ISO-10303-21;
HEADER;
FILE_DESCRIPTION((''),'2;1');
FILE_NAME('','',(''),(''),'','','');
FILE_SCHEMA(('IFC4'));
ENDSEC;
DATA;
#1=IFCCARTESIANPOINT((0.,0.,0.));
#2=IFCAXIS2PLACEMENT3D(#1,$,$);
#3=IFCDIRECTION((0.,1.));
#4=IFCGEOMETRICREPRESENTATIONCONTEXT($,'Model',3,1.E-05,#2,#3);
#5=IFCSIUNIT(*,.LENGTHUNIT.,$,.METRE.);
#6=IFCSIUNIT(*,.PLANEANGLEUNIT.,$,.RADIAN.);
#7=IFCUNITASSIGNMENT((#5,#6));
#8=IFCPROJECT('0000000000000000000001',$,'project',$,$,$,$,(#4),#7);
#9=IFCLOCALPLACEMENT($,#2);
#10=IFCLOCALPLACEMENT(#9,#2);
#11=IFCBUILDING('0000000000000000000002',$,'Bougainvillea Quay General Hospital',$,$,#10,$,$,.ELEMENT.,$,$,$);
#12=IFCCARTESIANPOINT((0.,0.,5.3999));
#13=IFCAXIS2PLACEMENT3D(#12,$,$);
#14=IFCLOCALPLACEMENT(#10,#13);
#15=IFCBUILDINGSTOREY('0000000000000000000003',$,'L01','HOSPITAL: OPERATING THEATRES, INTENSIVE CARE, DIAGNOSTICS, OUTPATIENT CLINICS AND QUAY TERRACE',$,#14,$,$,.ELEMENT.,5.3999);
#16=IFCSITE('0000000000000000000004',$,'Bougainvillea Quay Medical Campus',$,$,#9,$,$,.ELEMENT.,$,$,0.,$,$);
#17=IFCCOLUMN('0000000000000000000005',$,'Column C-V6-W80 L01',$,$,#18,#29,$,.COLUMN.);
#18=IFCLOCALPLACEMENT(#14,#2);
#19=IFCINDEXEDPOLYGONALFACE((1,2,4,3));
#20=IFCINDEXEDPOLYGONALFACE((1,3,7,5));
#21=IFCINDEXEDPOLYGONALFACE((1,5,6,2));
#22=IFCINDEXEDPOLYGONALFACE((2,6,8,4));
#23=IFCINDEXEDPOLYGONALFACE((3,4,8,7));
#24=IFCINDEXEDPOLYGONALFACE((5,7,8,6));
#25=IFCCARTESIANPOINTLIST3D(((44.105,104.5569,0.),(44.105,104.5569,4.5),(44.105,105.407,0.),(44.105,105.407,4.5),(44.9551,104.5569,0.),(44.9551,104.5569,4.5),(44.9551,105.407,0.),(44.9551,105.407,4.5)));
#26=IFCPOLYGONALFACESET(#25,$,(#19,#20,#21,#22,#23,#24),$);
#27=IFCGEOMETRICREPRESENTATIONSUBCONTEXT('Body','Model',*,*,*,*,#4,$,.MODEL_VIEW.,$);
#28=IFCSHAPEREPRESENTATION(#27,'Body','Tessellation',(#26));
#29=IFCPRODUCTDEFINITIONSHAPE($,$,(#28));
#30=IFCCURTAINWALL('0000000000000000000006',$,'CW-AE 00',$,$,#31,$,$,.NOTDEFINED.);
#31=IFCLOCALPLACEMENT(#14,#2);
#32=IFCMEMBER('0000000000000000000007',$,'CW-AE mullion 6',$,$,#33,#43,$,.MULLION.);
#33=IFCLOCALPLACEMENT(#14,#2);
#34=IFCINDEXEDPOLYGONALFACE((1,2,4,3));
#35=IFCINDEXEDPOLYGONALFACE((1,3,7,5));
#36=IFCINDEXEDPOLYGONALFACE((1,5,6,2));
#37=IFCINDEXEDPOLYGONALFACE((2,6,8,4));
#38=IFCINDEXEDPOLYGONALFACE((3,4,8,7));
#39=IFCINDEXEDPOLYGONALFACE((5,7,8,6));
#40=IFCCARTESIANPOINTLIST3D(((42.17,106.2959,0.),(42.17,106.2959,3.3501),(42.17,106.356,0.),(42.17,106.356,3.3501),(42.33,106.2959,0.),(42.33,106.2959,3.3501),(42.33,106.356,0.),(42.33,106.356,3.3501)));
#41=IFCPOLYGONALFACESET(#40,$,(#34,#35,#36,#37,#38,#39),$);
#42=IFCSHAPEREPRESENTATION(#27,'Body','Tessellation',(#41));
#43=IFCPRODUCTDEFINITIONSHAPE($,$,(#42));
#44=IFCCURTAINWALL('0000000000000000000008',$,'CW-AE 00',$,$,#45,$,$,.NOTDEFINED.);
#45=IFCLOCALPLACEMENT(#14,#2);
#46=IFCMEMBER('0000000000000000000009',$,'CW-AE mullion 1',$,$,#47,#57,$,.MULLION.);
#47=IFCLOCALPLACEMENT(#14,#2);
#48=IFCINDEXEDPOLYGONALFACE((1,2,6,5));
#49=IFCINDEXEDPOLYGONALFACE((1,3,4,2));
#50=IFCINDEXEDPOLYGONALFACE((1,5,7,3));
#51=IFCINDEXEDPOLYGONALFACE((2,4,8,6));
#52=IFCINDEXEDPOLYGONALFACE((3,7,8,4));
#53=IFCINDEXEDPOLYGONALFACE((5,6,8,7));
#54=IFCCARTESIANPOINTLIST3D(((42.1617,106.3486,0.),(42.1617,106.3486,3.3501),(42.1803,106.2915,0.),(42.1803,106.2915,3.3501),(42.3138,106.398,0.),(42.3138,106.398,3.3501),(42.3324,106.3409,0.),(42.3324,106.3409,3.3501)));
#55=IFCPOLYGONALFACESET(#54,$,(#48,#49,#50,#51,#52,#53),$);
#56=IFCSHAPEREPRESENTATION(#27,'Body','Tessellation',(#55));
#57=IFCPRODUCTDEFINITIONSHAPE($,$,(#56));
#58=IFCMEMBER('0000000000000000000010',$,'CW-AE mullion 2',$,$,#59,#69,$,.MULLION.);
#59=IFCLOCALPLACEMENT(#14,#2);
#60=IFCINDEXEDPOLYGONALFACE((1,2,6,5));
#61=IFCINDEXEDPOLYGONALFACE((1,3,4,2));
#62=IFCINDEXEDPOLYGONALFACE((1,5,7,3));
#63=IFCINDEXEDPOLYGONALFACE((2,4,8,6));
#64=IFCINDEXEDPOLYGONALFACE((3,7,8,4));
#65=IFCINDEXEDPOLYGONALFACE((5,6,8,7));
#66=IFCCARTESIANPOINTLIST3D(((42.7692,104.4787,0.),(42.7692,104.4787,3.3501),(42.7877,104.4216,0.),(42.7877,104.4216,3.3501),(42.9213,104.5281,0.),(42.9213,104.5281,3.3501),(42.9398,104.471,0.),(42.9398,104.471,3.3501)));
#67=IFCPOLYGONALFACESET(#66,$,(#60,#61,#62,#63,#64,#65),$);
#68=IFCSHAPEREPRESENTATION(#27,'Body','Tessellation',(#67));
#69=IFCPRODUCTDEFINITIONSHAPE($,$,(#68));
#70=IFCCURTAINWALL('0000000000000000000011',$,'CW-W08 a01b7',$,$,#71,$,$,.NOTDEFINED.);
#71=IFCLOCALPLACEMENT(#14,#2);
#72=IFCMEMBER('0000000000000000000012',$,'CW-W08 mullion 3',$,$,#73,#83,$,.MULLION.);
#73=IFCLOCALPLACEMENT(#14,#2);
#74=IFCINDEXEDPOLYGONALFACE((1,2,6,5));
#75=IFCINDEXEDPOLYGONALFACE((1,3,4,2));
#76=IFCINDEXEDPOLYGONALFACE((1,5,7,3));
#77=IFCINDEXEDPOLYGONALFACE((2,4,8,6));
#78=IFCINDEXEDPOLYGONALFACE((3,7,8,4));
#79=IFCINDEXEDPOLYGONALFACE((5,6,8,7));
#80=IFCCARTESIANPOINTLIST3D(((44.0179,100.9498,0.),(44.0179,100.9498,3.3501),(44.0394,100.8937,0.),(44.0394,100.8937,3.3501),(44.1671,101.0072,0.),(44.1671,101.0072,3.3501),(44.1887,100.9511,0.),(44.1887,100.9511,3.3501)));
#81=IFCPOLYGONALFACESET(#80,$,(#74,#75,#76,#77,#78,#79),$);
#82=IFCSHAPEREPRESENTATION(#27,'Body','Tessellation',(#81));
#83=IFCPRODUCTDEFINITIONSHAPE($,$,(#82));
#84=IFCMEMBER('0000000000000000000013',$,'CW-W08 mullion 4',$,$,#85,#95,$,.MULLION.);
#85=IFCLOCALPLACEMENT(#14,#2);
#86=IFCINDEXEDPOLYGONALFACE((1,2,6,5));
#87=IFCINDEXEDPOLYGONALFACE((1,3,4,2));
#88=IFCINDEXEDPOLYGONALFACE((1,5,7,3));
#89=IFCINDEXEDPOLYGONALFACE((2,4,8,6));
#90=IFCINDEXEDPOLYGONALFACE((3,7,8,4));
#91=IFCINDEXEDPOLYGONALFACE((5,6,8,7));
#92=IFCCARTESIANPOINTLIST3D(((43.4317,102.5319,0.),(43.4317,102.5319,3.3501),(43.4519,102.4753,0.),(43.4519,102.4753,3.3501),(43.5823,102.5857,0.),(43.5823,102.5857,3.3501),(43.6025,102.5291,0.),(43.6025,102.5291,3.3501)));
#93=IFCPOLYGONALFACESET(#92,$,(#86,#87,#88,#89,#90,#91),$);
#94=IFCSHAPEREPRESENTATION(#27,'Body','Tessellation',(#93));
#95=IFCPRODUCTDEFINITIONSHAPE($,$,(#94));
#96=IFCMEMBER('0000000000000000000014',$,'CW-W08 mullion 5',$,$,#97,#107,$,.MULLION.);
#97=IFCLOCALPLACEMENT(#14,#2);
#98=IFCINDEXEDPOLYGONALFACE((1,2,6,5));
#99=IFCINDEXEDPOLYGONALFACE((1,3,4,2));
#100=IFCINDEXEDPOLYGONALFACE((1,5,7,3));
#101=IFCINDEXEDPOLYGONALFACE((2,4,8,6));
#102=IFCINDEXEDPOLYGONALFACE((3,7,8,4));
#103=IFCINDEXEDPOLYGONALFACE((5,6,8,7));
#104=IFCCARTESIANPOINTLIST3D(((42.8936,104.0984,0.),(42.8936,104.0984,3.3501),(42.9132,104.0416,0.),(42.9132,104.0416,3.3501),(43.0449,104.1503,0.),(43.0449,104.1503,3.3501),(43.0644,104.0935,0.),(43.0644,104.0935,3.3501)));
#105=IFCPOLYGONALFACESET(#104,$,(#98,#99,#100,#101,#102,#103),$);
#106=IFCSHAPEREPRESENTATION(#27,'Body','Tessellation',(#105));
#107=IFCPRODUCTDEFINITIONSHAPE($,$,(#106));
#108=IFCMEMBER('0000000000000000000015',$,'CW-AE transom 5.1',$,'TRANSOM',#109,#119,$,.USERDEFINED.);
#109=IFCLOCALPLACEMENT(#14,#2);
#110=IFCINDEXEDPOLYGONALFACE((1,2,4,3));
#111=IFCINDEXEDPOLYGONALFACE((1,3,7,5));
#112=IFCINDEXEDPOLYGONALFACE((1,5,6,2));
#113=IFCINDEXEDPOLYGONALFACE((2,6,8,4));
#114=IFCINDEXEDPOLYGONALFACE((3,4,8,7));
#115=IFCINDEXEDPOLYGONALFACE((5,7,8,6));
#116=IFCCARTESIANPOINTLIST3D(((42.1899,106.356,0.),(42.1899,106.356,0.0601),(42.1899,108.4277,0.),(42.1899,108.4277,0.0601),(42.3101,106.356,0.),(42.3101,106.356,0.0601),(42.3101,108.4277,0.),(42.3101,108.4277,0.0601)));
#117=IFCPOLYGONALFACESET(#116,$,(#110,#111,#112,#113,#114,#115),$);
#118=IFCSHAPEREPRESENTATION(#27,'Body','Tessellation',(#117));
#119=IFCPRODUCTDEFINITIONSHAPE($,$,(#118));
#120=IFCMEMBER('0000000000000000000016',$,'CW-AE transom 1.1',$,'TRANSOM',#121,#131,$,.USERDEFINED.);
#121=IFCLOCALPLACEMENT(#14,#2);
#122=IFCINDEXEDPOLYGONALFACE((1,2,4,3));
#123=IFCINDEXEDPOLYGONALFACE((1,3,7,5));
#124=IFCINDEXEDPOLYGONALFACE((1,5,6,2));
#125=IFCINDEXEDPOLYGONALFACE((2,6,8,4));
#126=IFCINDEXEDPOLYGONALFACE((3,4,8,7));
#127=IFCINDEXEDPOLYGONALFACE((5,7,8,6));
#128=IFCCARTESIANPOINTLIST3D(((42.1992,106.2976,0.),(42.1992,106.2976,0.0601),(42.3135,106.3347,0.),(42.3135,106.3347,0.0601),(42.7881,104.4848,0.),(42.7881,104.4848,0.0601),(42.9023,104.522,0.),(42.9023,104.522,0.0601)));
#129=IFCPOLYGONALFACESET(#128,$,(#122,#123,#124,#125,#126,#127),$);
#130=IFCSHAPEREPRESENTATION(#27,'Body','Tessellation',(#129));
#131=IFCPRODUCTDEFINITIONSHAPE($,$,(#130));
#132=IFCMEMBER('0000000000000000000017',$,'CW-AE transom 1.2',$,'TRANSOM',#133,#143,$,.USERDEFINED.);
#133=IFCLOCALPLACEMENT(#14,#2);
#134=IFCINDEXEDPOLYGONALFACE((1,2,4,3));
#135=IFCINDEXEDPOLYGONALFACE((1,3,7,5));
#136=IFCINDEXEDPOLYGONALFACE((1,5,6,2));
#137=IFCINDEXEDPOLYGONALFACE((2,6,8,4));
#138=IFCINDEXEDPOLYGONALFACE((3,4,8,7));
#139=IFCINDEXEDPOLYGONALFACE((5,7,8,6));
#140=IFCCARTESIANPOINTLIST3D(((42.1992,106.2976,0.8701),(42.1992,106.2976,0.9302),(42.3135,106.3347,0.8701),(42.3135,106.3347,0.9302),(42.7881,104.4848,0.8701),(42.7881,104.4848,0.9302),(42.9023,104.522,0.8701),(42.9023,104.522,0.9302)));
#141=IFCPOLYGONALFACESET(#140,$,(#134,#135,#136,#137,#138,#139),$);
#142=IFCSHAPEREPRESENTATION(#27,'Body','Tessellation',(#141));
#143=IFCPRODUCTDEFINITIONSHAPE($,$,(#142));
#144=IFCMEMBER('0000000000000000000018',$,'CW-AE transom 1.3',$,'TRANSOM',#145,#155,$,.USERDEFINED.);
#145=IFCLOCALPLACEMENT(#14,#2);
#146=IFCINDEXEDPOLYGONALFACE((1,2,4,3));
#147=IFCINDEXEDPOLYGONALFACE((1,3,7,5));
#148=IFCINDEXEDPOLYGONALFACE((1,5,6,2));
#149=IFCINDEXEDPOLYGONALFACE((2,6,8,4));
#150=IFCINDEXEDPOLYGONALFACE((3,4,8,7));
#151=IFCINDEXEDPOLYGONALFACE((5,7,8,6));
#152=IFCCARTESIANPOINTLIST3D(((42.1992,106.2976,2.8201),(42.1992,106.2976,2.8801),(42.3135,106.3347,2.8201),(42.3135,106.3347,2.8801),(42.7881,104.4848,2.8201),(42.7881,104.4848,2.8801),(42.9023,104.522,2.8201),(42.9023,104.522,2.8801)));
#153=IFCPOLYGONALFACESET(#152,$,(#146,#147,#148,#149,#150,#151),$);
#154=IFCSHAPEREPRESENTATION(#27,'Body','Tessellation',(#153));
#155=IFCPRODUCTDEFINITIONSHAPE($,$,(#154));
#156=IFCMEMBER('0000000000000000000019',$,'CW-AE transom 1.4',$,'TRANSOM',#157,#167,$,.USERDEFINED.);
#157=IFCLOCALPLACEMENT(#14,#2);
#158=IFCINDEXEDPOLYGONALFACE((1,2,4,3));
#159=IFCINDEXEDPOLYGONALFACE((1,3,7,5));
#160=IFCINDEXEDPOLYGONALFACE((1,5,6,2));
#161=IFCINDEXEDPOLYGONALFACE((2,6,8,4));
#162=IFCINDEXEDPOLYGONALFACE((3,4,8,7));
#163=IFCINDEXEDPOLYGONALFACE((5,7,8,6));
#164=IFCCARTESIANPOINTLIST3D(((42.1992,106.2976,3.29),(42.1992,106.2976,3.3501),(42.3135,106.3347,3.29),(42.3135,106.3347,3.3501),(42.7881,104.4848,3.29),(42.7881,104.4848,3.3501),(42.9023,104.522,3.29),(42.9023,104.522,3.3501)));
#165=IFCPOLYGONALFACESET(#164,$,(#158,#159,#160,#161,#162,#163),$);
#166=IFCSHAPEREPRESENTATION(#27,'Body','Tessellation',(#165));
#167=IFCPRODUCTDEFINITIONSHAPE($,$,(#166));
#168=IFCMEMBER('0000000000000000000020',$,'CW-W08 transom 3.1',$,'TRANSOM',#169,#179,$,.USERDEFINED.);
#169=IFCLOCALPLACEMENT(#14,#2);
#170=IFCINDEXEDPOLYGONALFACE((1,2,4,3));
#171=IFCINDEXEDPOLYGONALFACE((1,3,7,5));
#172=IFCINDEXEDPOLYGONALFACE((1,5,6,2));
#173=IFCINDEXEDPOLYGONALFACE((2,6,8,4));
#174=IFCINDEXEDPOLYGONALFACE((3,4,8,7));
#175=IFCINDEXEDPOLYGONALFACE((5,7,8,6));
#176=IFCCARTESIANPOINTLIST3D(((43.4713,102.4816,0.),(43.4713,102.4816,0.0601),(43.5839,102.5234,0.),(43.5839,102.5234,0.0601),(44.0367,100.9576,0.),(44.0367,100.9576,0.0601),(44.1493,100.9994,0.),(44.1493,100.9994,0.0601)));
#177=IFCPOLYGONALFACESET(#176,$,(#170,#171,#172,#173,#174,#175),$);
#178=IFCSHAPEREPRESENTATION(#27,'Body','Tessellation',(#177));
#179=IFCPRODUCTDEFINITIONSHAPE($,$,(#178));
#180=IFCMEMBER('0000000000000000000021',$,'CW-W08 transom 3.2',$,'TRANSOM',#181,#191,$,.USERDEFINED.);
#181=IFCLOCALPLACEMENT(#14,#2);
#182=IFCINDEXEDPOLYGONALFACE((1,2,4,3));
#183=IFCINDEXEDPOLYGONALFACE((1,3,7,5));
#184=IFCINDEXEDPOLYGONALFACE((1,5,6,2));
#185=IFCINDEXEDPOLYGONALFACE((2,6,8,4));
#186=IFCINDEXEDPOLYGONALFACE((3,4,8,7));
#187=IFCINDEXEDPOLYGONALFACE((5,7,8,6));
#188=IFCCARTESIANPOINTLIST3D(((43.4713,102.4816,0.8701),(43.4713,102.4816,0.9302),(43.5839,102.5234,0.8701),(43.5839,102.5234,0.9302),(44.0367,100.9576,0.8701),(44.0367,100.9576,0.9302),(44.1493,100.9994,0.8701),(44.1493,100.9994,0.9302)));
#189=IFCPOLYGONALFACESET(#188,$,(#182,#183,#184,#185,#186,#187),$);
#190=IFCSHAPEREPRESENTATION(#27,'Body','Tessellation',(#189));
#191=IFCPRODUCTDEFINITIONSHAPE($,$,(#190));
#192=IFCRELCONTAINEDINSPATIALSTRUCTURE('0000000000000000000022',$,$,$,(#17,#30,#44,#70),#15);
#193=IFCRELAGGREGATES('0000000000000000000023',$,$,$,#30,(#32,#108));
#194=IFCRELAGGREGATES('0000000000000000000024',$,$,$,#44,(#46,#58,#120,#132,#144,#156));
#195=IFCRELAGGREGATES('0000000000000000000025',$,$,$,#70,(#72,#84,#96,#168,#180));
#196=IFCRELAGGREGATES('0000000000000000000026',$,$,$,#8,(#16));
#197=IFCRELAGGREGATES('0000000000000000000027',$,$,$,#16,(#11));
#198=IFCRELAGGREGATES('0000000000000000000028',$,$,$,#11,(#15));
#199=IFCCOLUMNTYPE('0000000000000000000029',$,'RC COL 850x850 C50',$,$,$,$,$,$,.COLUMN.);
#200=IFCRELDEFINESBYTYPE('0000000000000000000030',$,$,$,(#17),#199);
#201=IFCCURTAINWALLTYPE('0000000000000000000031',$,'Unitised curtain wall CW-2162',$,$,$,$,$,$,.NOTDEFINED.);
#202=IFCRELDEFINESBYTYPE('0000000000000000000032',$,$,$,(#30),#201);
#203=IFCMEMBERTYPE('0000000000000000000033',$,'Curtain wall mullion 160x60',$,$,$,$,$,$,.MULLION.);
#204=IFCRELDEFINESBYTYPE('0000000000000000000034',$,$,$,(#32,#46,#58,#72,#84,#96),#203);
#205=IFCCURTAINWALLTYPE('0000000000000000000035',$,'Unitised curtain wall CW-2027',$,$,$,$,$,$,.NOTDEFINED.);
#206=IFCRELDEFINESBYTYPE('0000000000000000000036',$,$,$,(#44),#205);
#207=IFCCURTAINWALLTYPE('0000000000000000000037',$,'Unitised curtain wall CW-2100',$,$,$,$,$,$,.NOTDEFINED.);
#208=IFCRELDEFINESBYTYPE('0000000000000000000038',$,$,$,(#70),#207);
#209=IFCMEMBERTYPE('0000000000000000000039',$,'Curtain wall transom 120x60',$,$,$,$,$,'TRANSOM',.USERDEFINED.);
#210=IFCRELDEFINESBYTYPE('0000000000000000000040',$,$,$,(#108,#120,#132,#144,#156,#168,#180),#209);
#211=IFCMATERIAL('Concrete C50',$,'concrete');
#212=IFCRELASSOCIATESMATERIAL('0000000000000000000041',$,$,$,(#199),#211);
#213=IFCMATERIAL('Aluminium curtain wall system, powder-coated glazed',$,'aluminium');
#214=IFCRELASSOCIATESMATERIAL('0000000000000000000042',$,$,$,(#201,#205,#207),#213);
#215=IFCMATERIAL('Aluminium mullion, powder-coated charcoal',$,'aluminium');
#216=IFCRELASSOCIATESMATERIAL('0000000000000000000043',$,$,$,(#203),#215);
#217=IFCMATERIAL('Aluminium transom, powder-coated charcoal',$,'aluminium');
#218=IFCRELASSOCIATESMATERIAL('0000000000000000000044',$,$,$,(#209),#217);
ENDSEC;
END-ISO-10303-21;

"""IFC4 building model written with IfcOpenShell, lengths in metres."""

from ifc_helpers import new_model, si_unit, direction, frame, origin, origin_2d, place, context, subcontext, project, spatial, rectangle, extrude, material, material_profile, profile_set, type_object, element, aggregate, save


model = new_model("IFC4")

# Units and contexts
model_context = context("Model", 3, precision=1e-05, world=origin(), true_north=direction((0.0, 1.0)))
body_context = subcontext(model_context, "Body", "Model", "MODEL_VIEW")
ifc_project = project(units=[si_unit("LENGTHUNIT", "METRE"), si_unit("PLANEANGLEUNIT", "RADIAN")], contexts=[model_context])

# Site, building, storey
site_placement = place(None, origin())
site = spatial("IfcSite", under=ifc_project, at=site_placement, Name="Bougainvillea Quay Medical Campus", CompositionType="ELEMENT", RefElevation=0.0)
building_placement = place(site_placement, origin())
building = spatial("IfcBuilding", under=site, at=building_placement, Name="Bougainvillea Quay General Hospital", CompositionType="ELEMENT")
storey_placement = place(building_placement, frame((0.0, 0.0, 5.3999)))
storey = spatial("IfcBuildingStorey", under=building, at=storey_placement, Name="L01", Description="HOSPITAL: OPERATING THEATRES, INTENSIVE CARE, DIAGNOSTICS, OUTPATIENT CLINICS AND QUAY TERRACE", CompositionType="ELEMENT", Elevation=5.3999)

# Column
ifc_material_1 = material(Name="Concrete C50", Category="concrete")
ifc_material_profile_1 = material_profile(ifc_material_1, rectangle(XDim=0.8501, YDim=0.8501, at=origin_2d()))
ifc_profile_set_1 = profile_set([ifc_material_profile_1], Name="Concrete C50")
column_type = type_object("IfcColumnType", Name="RC COL 850x850 C50", PredefinedType="COLUMN", material=ifc_profile_set_1)
column_placement = place(storey_placement, frame((44.53, 104.9819, 0.0), z_axis=(0.0, 0.0, 1.0), x_axis=(1.0, 0.0, 0.0)))
element("IfcColumn", 1, at=column_placement, inside=storey, type_object=column_type, Name="Column C-V6-W80 L01", PredefinedType="COLUMN", context=body_context, shape_type="SweptSolid", body=[
    extrude(rectangle(XDim=0.8501, YDim=0.8501, at=origin_2d()), origin(), (0.0, 0.0, 1.0), 4.5),
])

# Curtain wall, member
ifc_material_2 = material(Name="Aluminium curtain wall system, powder-coated glazed", Category="aluminium")
curtain_wall_type_1 = type_object("IfcCurtainWallType", Name="Unitised curtain wall CW-2162", PredefinedType="NOTDEFINED", material=ifc_material_2)
curtain_wall_1_placement = place(storey_placement, origin())
curtain_wall_1 = element("IfcCurtainWall", 2, at=curtain_wall_1_placement, inside=storey, type_object=curtain_wall_type_1, Name="CW-AE 00", PredefinedType="NOTDEFINED")
ifc_material_3 = material(Name="Aluminium mullion, powder-coated charcoal", Category="aluminium")
ifc_material_profile_2 = material_profile(ifc_material_3, rectangle(XDim=0.1599, YDim=0.0601, at=origin_2d()))
ifc_profile_set_2 = profile_set([ifc_material_profile_2], Name="Aluminium mullion, powder-coated charcoal")
member_type_1 = type_object("IfcMemberType", Name="Curtain wall mullion 160x60", PredefinedType="MULLION", material=ifc_profile_set_2)
member_1_placement = place(storey_placement, frame((42.25, 106.3259, 0.0), z_axis=(0.0, 0.0, 1.0), x_axis=(1.0, 0.0, 0.0)))
member_1 = element("IfcMember", 3, at=member_1_placement, type_object=member_type_1, Name="CW-AE mullion 6", PredefinedType="MULLION", context=body_context, shape_type="SweptSolid", body=[
    extrude(rectangle(XDim=0.1599, YDim=0.0601, at=origin_2d()), origin(), (0.0, 0.0, 1.0), 3.3501),
])

# Curtain walls, members
curtain_wall_type_2 = type_object("IfcCurtainWallType", Name="Unitised curtain wall CW-2027", PredefinedType="NOTDEFINED", material=ifc_material_2)
curtain_wall_2_placement = place(storey_placement, origin())
curtain_wall_2 = element("IfcCurtainWall", 4, at=curtain_wall_2_placement, inside=storey, type_object=curtain_wall_type_2, Name="CW-AE 00", PredefinedType="NOTDEFINED")
member_2_placement = place(storey_placement, frame((42.2471, 106.3447, 0.0), z_axis=(0.0, 0.0, 1.0), x_axis=(0.951074, 0.308963, 0.0)))
member_2 = element("IfcMember", 5, at=member_2_placement, type_object=member_type_1, Name="CW-AE mullion 1", PredefinedType="MULLION", context=body_context, shape_type="SweptSolid", body=[
    extrude(rectangle(XDim=0.1599, YDim=0.0601, at=origin_2d()), origin(), (0.0, 0.0, 1.0), 3.3501),
])
member_3_placement = place(storey_placement, frame((42.8545, 104.4749, 0.0), z_axis=(0.0, 0.0, 1.0), x_axis=(0.951074, 0.308963, 0.0)))
member_3 = element("IfcMember", 6, at=member_3_placement, type_object=member_type_1, Name="CW-AE mullion 2", PredefinedType="MULLION", context=body_context, shape_type="SweptSolid", body=[
    extrude(rectangle(XDim=0.1599, YDim=0.0601, at=origin_2d()), origin(), (0.0, 0.0, 1.0), 3.3501),
])
curtain_wall_type_3 = type_object("IfcCurtainWallType", Name="Unitised curtain wall CW-2100", PredefinedType="NOTDEFINED", material=ifc_material_2)
curtain_wall_3_placement = place(storey_placement, origin())
curtain_wall_3 = element("IfcCurtainWall", 7, at=curtain_wall_3_placement, inside=storey, type_object=curtain_wall_type_3, Name="CW-W08 a01b7", PredefinedType="NOTDEFINED")
member_4_placement = place(storey_placement, frame((44.1033, 100.9504, 0.0), z_axis=(0.0, 0.0, 1.0), x_axis=(-0.933286, -0.359135, 0.0)))
member_4 = element("IfcMember", 8, at=member_4_placement, type_object=member_type_1, Name="CW-W08 mullion 3", PredefinedType="MULLION", context=body_context, shape_type="SweptSolid", body=[
    extrude(rectangle(XDim=0.1599, YDim=0.0601, at=origin_2d()), origin(), (0.0, 0.0, 1.0), 3.3501),
])
member_5_placement = place(storey_placement, frame((43.5171, 102.5305, 0.0), z_axis=(0.0, 0.0, 1.0), x_axis=(-0.94169, -0.336481, 0.0)))
member_5 = element("IfcMember", 9, at=member_5_placement, type_object=member_type_1, Name="CW-W08 mullion 4", PredefinedType="MULLION", context=body_context, shape_type="SweptSolid", body=[
    extrude(rectangle(XDim=0.1599, YDim=0.0601, at=origin_2d()), origin(), (0.0, 0.0, 1.0), 3.3501),
])
member_6_placement = place(storey_placement, frame((42.979, 104.0959, 0.0), z_axis=(0.0, 0.0, 1.0), x_axis=(-0.945687, -0.325079, 0.0)))
member_6 = element("IfcMember", 10, at=member_6_placement, type_object=member_type_1, Name="CW-W08 mullion 5", PredefinedType="MULLION", context=body_context, shape_type="SweptSolid", body=[
    extrude(rectangle(XDim=0.1599, YDim=0.0601, at=origin_2d()), origin(), (0.0, 0.0, 1.0), 3.3501),
])

# Members
ifc_material_4 = material(Name="Aluminium transom, powder-coated charcoal", Category="aluminium")
ifc_material_profile_3 = material_profile(ifc_material_4, rectangle(XDim=0.1201, YDim=0.0601, at=origin_2d()))
ifc_profile_set_3 = profile_set([ifc_material_profile_3], Name="Aluminium transom, powder-coated charcoal")
member_type_2 = type_object("IfcMemberType", Name="Curtain wall transom 120x60", ElementType="TRANSOM", PredefinedType="USERDEFINED", material=ifc_profile_set_3)
member_7_placement = place(storey_placement, frame((42.25, 108.4277, 0.03), z_axis=(0.0, -1.0, 0.0), x_axis=(1.0, 0.0, 0.0)))
member_7 = element("IfcMember", 11, at=member_7_placement, type_object=member_type_2, Name="CW-AE transom 5.1", ObjectType="TRANSOM", PredefinedType="USERDEFINED", context=body_context, shape_type="SweptSolid", body=[
    extrude(rectangle(XDim=0.1201, YDim=0.0601, at=origin_2d()), origin(), (0.0, 0.0, 1.0), 2.0718),
])
member_8_placement = place(storey_placement, frame((42.2563, 106.3162, 0.03), z_axis=(0.308956, -0.951076, 0.0), x_axis=(0.951076, 0.308956, 0.0)))
member_8 = element("IfcMember", 12, at=member_8_placement, type_object=member_type_2, Name="CW-AE transom 1.1", ObjectType="TRANSOM", PredefinedType="USERDEFINED", context=body_context, shape_type="SweptSolid", body=[
    extrude(rectangle(XDim=0.1201, YDim=0.0601, at=origin_2d()), origin(), (0.0, 0.0, 1.0), 1.906),
])
member_9_placement = place(storey_placement, frame((42.2563, 106.3162, 0.9001), z_axis=(0.308956, -0.951076, 0.0), x_axis=(0.951076, 0.308956, 0.0)))
member_9 = element("IfcMember", 13, at=member_9_placement, type_object=member_type_2, Name="CW-AE transom 1.2", ObjectType="TRANSOM", PredefinedType="USERDEFINED", context=body_context, shape_type="SweptSolid", body=[
    extrude(rectangle(XDim=0.1201, YDim=0.0601, at=origin_2d()), origin(), (0.0, 0.0, 1.0), 1.906),
])
member_10_placement = place(storey_placement, frame((42.2563, 106.3162, 2.8501), z_axis=(0.308956, -0.951076, 0.0), x_axis=(0.951076, 0.308956, 0.0)))
member_10 = element("IfcMember", 14, at=member_10_placement, type_object=member_type_2, Name="CW-AE transom 1.3", ObjectType="TRANSOM", PredefinedType="USERDEFINED", context=body_context, shape_type="SweptSolid", body=[
    extrude(rectangle(XDim=0.1201, YDim=0.0601, at=origin_2d()), origin(), (0.0, 0.0, 1.0), 1.906),
])
member_11_placement = place(storey_placement, frame((42.2563, 106.3162, 3.3201), z_axis=(0.308956, -0.951076, 0.0), x_axis=(0.951076, 0.308956, 0.0)))
member_11 = element("IfcMember", 15, at=member_11_placement, type_object=member_type_2, Name="CW-AE transom 1.4", ObjectType="TRANSOM", PredefinedType="USERDEFINED", context=body_context, shape_type="SweptSolid", body=[
    extrude(rectangle(XDim=0.1201, YDim=0.0601, at=origin_2d()), origin(), (0.0, 0.0, 1.0), 1.906),
])
member_12_placement = place(storey_placement, frame((44.093, 100.9785, 0.03), z_axis=(-0.347862, 0.937546, 0.0), x_axis=(-0.937546, -0.347862, 0.0)))
member_12 = element("IfcMember", 16, at=member_12_placement, type_object=member_type_2, Name="CW-W08 transom 3.1", ObjectType="TRANSOM", PredefinedType="USERDEFINED", context=body_context, shape_type="SweptSolid", body=[
    extrude(rectangle(XDim=0.1201, YDim=0.0601, at=origin_2d()), origin(), (0.0, 0.0, 1.0), 1.6255),
])
member_13_placement = place(storey_placement, frame((44.093, 100.9785, 0.9001), z_axis=(-0.347862, 0.937546, 0.0), x_axis=(-0.937546, -0.347862, 0.0)))
member_13 = element("IfcMember", 17, at=member_13_placement, type_object=member_type_2, Name="CW-W08 transom 3.2", ObjectType="TRANSOM", PredefinedType="USERDEFINED", context=body_context, shape_type="SweptSolid", body=[
    extrude(rectangle(XDim=0.1201, YDim=0.0601, at=origin_2d()), origin(), (0.0, 0.0, 1.0), 1.6255),
])

aggregate(curtain_wall_1, [member_1, member_7])
aggregate(curtain_wall_2, [member_2, member_3, member_8, member_9, member_10, member_11])
aggregate(curtain_wall_3, [member_4, member_5, member_6, member_12, member_13])

save(model, "model.ifc")
